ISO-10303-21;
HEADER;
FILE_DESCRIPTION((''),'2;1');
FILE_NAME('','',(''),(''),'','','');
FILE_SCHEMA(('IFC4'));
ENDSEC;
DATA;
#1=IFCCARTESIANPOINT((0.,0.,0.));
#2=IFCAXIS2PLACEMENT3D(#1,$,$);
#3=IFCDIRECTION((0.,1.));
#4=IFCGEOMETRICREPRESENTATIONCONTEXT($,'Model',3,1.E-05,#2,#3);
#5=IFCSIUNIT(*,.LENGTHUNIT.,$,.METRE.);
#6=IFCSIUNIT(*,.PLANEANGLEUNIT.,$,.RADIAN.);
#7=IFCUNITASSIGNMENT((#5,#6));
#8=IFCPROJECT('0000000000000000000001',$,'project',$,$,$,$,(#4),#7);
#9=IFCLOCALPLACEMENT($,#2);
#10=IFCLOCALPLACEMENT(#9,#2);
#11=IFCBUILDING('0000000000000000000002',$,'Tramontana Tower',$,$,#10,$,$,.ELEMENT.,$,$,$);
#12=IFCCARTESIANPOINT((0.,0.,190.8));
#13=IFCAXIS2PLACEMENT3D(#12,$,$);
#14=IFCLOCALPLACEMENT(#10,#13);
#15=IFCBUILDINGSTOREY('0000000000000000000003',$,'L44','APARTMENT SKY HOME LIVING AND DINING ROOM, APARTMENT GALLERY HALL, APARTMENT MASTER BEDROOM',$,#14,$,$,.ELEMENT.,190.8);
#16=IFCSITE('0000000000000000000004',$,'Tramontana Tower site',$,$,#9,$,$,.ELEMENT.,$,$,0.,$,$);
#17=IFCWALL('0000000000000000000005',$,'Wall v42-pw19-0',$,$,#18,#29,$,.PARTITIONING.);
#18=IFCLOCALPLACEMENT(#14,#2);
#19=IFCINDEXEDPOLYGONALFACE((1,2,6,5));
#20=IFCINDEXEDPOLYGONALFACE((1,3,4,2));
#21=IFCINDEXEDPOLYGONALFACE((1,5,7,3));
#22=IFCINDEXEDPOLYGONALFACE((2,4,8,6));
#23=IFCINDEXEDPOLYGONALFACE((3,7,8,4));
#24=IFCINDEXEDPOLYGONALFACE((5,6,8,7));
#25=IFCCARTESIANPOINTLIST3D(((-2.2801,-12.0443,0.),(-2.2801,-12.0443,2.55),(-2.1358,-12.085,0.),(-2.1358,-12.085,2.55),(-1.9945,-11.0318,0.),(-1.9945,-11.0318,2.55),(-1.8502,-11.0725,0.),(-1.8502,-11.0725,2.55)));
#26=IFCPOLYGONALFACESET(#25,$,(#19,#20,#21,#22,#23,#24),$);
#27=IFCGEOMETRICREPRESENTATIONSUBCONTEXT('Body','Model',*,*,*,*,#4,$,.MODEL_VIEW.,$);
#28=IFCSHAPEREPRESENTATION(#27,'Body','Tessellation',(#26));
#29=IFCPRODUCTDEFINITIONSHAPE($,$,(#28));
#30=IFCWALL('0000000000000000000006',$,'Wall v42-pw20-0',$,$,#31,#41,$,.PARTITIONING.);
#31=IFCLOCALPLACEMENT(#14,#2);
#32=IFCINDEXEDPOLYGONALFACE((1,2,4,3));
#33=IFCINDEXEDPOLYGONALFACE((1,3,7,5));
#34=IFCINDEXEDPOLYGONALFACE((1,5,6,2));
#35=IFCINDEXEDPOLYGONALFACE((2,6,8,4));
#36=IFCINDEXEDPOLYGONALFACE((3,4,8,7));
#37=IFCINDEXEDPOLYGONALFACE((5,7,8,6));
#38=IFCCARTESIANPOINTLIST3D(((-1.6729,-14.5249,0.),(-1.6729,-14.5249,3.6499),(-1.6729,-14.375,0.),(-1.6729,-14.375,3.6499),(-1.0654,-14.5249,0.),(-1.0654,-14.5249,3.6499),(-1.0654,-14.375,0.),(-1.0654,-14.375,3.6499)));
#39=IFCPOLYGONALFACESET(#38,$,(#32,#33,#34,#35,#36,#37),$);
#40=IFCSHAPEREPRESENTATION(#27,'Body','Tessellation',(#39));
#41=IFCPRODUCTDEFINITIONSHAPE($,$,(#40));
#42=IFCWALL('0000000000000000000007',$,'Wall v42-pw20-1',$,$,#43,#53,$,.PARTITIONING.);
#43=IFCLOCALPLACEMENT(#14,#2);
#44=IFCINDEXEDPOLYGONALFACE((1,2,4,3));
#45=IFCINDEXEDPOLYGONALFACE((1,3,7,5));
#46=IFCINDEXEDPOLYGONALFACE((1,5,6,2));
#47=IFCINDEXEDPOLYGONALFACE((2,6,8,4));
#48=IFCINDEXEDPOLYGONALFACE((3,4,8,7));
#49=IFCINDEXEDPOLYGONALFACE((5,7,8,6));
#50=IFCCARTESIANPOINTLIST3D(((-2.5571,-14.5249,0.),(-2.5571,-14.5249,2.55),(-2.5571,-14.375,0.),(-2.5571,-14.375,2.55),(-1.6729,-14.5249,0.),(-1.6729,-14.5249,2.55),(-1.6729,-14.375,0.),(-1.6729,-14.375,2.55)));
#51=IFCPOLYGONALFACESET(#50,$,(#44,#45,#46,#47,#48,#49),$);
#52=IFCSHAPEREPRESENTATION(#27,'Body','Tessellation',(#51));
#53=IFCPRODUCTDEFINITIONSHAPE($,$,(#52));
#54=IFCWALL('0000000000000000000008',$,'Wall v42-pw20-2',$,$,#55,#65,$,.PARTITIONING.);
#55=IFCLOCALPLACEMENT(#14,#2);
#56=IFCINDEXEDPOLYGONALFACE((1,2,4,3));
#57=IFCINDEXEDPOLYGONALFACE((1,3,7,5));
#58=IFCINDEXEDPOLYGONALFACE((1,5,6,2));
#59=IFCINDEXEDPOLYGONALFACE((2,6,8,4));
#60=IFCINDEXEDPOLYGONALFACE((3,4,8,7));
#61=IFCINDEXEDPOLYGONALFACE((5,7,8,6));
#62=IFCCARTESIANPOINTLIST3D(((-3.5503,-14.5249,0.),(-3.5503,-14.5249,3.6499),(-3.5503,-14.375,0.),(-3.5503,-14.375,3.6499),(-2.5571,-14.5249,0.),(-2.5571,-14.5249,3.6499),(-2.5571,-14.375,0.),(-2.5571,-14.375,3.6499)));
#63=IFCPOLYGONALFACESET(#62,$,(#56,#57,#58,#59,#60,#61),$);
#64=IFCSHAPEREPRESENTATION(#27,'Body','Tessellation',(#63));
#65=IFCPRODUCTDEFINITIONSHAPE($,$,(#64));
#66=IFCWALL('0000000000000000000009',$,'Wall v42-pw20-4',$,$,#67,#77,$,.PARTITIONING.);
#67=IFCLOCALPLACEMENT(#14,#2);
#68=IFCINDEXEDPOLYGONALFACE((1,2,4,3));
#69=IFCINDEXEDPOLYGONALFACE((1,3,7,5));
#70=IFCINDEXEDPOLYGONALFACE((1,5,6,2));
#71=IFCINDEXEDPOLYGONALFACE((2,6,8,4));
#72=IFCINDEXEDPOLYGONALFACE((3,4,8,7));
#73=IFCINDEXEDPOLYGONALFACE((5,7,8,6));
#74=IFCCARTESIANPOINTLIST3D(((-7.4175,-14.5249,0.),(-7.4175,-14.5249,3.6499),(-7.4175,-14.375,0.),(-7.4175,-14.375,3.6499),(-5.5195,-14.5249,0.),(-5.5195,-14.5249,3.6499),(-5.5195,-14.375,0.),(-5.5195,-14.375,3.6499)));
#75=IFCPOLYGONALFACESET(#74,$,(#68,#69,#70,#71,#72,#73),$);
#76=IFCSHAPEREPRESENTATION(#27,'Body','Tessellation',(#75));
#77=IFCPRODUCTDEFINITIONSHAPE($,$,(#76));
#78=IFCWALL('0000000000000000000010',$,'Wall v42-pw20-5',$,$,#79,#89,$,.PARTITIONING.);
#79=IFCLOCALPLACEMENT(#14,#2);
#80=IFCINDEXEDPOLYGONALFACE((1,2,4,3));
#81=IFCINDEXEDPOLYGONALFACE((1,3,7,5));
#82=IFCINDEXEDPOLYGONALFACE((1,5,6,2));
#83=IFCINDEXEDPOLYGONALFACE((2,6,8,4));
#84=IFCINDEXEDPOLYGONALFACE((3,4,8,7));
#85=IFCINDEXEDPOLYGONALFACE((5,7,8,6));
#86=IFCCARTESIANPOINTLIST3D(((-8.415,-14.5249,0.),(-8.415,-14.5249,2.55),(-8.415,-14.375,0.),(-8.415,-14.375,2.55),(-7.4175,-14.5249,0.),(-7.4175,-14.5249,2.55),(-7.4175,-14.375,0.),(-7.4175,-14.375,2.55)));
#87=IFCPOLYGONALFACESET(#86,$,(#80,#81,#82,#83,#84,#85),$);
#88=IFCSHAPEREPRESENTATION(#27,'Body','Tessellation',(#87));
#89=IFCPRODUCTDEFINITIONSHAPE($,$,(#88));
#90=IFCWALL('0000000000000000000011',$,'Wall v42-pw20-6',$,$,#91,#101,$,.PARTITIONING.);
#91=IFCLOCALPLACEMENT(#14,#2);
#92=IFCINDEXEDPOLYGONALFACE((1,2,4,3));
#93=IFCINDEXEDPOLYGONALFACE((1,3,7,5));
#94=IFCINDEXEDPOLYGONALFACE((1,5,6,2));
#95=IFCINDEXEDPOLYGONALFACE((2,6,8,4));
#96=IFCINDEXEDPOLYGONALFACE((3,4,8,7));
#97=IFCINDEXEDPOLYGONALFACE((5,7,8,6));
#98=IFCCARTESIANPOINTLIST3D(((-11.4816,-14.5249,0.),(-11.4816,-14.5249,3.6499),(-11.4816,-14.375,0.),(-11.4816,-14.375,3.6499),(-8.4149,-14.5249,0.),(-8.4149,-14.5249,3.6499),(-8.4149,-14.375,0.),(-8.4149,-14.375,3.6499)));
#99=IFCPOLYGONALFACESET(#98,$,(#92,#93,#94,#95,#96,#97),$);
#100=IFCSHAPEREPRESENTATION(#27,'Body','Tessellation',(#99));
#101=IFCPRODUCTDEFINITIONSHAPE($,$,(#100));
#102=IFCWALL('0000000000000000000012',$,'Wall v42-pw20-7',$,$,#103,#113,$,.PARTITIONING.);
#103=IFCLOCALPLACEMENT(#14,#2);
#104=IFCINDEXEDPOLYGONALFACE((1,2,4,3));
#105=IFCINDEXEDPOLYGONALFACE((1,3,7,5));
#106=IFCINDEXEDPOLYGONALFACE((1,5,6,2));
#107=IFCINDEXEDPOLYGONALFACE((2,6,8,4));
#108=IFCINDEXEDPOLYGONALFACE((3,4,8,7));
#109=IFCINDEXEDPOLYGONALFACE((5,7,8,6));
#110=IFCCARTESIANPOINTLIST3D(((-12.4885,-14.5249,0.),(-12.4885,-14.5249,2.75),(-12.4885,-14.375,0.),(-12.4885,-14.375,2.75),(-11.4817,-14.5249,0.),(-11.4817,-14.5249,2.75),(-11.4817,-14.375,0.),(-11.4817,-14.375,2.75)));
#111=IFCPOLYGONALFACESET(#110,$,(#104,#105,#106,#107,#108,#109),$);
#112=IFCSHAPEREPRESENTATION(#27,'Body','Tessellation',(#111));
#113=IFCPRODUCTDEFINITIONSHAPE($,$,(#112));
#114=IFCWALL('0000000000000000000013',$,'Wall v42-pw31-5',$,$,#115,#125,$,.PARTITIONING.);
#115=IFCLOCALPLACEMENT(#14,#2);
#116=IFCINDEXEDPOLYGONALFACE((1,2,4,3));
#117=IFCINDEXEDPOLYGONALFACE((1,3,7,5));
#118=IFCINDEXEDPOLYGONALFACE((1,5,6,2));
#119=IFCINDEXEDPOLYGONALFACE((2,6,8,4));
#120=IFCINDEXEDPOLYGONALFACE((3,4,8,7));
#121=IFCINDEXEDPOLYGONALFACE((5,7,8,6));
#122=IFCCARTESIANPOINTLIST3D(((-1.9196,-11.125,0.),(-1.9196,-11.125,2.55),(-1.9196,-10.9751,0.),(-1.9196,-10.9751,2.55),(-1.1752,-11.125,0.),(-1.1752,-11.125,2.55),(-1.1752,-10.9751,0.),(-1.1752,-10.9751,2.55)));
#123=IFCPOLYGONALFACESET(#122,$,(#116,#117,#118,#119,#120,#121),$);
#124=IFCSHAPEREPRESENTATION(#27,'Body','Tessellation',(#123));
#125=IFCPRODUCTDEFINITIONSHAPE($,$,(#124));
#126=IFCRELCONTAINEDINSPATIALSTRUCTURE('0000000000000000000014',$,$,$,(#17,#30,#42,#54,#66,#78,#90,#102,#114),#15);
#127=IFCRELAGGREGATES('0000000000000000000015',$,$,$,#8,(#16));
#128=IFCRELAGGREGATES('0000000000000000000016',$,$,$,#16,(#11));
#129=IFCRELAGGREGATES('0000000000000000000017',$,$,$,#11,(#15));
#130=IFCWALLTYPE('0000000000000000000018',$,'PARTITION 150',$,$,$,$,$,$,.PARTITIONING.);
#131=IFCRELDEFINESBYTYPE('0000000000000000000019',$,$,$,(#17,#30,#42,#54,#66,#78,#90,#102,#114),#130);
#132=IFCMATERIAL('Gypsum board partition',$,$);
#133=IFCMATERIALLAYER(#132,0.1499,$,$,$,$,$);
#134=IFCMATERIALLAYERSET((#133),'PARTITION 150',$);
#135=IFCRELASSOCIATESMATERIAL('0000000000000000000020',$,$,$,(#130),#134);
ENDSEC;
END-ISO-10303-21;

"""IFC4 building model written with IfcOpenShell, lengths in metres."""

from ifc_helpers import new_model, si_unit, direction, frame, frame_2d, origin, place, context, subcontext, project, spatial, rectangle, extrude, material, layer, layer_set, type_object, element, save


model = new_model("IFC4")

# Units and contexts
model_context = context("Model", 3, precision=1e-05, world=origin(), true_north=direction((0.0, 1.0)))
body_context = subcontext(model_context, "Body", "Model", "MODEL_VIEW")
ifc_project = project(units=[si_unit("LENGTHUNIT", "METRE"), si_unit("PLANEANGLEUNIT", "RADIAN")], contexts=[model_context])

# Site, building, storey
site_placement = place(None, origin())
site = spatial("IfcSite", under=ifc_project, at=site_placement, Name="Tramontana Tower site", CompositionType="ELEMENT", RefElevation=0.0)
building_placement = place(site_placement, origin())
building = spatial("IfcBuilding", under=site, at=building_placement, Name="Tramontana Tower", CompositionType="ELEMENT")
storey_placement = place(building_placement, frame((0.0, 0.0, 190.8)))
storey = spatial("IfcBuildingStorey", under=building, at=storey_placement, Name="L44", Description="APARTMENT SKY HOME LIVING AND DINING ROOM, APARTMENT GALLERY HALL, APARTMENT MASTER BEDROOM", CompositionType="ELEMENT", Elevation=190.8)

# Shared definitions
ifc_material_1 = material(Name="Gypsum board partition")
ifc_layer_1 = layer(ifc_material_1, 0.1499)
ifc_layer_set_1 = layer_set([ifc_layer_1], Name="PARTITION 150")
wall_type_1 = type_object("IfcWallType", Name="PARTITION 150", PredefinedType="PARTITIONING", material=ifc_layer_set_1)

# Wall
wall_1_placement = place(storey_placement, frame((-1.9224, -11.0522, 0.0), z_axis=(0.0, 0.0, 1.0), x_axis=(-0.271532, -0.962429, 0.0)))
element("IfcWall", 1, at=wall_1_placement, inside=storey, type_object=wall_type_1, Name="Wall v42-pw19-0", PredefinedType="PARTITIONING", context=body_context, shape_type="SweptSolid", body=[
    extrude(rectangle(XDim=1.052, YDim=0.1499, at=frame_2d((0.5259, 0.0))), origin(), (0.0, 0.0, 1.0), 2.55),
])

# Walls
wall_2_placement = place(storey_placement, frame((-1.0654, -14.45, 0.0), z_axis=(0.0, 0.0, 1.0), x_axis=(-1.0, 0.0, 0.0)))
element("IfcWall", 2, at=wall_2_placement, inside=storey, type_object=wall_type_1, Name="Wall v42-pw20-0", PredefinedType="PARTITIONING", context=body_context, shape_type="SweptSolid", body=[
    extrude(rectangle(XDim=0.6074, YDim=0.1499, at=frame_2d((0.3037, 0.0))), origin(), (0.0, 0.0, 1.0), 3.6499),
])
wall_3_placement = place(storey_placement, frame((-1.6729, -14.45, 0.0), z_axis=(0.0, 0.0, 1.0), x_axis=(-1.0, 0.0, 0.0)))
element("IfcWall", 3, at=wall_3_placement, inside=storey, type_object=wall_type_1, Name="Wall v42-pw20-1", PredefinedType="PARTITIONING", context=body_context, shape_type="SweptSolid", body=[
    extrude(rectangle(XDim=0.8843, YDim=0.1499, at=frame_2d((0.4421, 0.0))), origin(), (0.0, 0.0, 1.0), 2.55),
])
wall_4_placement = place(storey_placement, frame((-2.5571, -14.45, 0.0), z_axis=(0.0, 0.0, 1.0), x_axis=(-1.0, 0.0, 0.0)))
element("IfcWall", 4, at=wall_4_placement, inside=storey, type_object=wall_type_1, Name="Wall v42-pw20-2", PredefinedType="PARTITIONING", context=body_context, shape_type="SweptSolid", body=[
    extrude(rectangle(XDim=0.9932, YDim=0.1499, at=frame_2d((0.4966, 0.0))), origin(), (0.0, 0.0, 1.0), 3.6499),
])

# Walls
wall_5_placement = place(storey_placement, frame((-5.5195, -14.45, 0.0), z_axis=(0.0, 0.0, 1.0), x_axis=(-1.0, 0.0, 0.0)))
element("IfcWall", 5, at=wall_5_placement, inside=storey, type_object=wall_type_1, Name="Wall v42-pw20-4", PredefinedType="PARTITIONING", context=body_context, shape_type="SweptSolid", body=[
    extrude(rectangle(XDim=1.8979, YDim=0.1499, at=frame_2d((0.949, 0.0))), origin(), (0.0, 0.0, 1.0), 3.6499),
])
wall_6_placement = place(storey_placement, frame((-7.4175, -14.45, 0.0), z_axis=(0.0, 0.0, 1.0), x_axis=(-1.0, 0.0, 0.0)))
element("IfcWall", 6, at=wall_6_placement, inside=storey, type_object=wall_type_1, Name="Wall v42-pw20-5", PredefinedType="PARTITIONING", context=body_context, shape_type="SweptSolid", body=[
    extrude(rectangle(XDim=0.9976, YDim=0.1499, at=frame_2d((0.4988, 0.0))), origin(), (0.0, 0.0, 1.0), 2.55),
])
wall_7_placement = place(storey_placement, frame((-8.415, -14.45, 0.0), z_axis=(0.0, 0.0, 1.0), x_axis=(-1.0, 0.0, 0.0)))
element("IfcWall", 7, at=wall_7_placement, inside=storey, type_object=wall_type_1, Name="Wall v42-pw20-6", PredefinedType="PARTITIONING", context=body_context, shape_type="SweptSolid", body=[
    extrude(rectangle(XDim=3.0667, YDim=0.1499, at=frame_2d((1.5332, 0.0))), origin(), (0.0, 0.0, 1.0), 3.6499),
])
wall_8_placement = place(storey_placement, frame((-11.4817, -14.45, 0.0), z_axis=(0.0, 0.0, 1.0), x_axis=(-1.0, 0.0, 0.0)))
element("IfcWall", 8, at=wall_8_placement, inside=storey, type_object=wall_type_1, Name="Wall v42-pw20-7", PredefinedType="PARTITIONING", context=body_context, shape_type="SweptSolid", body=[
    extrude(rectangle(XDim=1.0068, YDim=0.1499, at=frame_2d((0.5034, 0.0))), origin(), (0.0, 0.0, 1.0), 2.75),
])
wall_9_placement = place(storey_placement, frame((-1.1753, -11.05, 0.0), z_axis=(0.0, 0.0, 1.0), x_axis=(-1.0, 0.0, 0.0)))
element("IfcWall", 9, at=wall_9_placement, inside=storey, type_object=wall_type_1, Name="Wall v42-pw31-5", PredefinedType="PARTITIONING", context=body_context, shape_type="SweptSolid", body=[
    extrude(rectangle(XDim=0.7444, YDim=0.1499, at=frame_2d((0.3721, 0.0))), origin(), (0.0, 0.0, 1.0), 2.55),
])

save(model, "model.ifc")
